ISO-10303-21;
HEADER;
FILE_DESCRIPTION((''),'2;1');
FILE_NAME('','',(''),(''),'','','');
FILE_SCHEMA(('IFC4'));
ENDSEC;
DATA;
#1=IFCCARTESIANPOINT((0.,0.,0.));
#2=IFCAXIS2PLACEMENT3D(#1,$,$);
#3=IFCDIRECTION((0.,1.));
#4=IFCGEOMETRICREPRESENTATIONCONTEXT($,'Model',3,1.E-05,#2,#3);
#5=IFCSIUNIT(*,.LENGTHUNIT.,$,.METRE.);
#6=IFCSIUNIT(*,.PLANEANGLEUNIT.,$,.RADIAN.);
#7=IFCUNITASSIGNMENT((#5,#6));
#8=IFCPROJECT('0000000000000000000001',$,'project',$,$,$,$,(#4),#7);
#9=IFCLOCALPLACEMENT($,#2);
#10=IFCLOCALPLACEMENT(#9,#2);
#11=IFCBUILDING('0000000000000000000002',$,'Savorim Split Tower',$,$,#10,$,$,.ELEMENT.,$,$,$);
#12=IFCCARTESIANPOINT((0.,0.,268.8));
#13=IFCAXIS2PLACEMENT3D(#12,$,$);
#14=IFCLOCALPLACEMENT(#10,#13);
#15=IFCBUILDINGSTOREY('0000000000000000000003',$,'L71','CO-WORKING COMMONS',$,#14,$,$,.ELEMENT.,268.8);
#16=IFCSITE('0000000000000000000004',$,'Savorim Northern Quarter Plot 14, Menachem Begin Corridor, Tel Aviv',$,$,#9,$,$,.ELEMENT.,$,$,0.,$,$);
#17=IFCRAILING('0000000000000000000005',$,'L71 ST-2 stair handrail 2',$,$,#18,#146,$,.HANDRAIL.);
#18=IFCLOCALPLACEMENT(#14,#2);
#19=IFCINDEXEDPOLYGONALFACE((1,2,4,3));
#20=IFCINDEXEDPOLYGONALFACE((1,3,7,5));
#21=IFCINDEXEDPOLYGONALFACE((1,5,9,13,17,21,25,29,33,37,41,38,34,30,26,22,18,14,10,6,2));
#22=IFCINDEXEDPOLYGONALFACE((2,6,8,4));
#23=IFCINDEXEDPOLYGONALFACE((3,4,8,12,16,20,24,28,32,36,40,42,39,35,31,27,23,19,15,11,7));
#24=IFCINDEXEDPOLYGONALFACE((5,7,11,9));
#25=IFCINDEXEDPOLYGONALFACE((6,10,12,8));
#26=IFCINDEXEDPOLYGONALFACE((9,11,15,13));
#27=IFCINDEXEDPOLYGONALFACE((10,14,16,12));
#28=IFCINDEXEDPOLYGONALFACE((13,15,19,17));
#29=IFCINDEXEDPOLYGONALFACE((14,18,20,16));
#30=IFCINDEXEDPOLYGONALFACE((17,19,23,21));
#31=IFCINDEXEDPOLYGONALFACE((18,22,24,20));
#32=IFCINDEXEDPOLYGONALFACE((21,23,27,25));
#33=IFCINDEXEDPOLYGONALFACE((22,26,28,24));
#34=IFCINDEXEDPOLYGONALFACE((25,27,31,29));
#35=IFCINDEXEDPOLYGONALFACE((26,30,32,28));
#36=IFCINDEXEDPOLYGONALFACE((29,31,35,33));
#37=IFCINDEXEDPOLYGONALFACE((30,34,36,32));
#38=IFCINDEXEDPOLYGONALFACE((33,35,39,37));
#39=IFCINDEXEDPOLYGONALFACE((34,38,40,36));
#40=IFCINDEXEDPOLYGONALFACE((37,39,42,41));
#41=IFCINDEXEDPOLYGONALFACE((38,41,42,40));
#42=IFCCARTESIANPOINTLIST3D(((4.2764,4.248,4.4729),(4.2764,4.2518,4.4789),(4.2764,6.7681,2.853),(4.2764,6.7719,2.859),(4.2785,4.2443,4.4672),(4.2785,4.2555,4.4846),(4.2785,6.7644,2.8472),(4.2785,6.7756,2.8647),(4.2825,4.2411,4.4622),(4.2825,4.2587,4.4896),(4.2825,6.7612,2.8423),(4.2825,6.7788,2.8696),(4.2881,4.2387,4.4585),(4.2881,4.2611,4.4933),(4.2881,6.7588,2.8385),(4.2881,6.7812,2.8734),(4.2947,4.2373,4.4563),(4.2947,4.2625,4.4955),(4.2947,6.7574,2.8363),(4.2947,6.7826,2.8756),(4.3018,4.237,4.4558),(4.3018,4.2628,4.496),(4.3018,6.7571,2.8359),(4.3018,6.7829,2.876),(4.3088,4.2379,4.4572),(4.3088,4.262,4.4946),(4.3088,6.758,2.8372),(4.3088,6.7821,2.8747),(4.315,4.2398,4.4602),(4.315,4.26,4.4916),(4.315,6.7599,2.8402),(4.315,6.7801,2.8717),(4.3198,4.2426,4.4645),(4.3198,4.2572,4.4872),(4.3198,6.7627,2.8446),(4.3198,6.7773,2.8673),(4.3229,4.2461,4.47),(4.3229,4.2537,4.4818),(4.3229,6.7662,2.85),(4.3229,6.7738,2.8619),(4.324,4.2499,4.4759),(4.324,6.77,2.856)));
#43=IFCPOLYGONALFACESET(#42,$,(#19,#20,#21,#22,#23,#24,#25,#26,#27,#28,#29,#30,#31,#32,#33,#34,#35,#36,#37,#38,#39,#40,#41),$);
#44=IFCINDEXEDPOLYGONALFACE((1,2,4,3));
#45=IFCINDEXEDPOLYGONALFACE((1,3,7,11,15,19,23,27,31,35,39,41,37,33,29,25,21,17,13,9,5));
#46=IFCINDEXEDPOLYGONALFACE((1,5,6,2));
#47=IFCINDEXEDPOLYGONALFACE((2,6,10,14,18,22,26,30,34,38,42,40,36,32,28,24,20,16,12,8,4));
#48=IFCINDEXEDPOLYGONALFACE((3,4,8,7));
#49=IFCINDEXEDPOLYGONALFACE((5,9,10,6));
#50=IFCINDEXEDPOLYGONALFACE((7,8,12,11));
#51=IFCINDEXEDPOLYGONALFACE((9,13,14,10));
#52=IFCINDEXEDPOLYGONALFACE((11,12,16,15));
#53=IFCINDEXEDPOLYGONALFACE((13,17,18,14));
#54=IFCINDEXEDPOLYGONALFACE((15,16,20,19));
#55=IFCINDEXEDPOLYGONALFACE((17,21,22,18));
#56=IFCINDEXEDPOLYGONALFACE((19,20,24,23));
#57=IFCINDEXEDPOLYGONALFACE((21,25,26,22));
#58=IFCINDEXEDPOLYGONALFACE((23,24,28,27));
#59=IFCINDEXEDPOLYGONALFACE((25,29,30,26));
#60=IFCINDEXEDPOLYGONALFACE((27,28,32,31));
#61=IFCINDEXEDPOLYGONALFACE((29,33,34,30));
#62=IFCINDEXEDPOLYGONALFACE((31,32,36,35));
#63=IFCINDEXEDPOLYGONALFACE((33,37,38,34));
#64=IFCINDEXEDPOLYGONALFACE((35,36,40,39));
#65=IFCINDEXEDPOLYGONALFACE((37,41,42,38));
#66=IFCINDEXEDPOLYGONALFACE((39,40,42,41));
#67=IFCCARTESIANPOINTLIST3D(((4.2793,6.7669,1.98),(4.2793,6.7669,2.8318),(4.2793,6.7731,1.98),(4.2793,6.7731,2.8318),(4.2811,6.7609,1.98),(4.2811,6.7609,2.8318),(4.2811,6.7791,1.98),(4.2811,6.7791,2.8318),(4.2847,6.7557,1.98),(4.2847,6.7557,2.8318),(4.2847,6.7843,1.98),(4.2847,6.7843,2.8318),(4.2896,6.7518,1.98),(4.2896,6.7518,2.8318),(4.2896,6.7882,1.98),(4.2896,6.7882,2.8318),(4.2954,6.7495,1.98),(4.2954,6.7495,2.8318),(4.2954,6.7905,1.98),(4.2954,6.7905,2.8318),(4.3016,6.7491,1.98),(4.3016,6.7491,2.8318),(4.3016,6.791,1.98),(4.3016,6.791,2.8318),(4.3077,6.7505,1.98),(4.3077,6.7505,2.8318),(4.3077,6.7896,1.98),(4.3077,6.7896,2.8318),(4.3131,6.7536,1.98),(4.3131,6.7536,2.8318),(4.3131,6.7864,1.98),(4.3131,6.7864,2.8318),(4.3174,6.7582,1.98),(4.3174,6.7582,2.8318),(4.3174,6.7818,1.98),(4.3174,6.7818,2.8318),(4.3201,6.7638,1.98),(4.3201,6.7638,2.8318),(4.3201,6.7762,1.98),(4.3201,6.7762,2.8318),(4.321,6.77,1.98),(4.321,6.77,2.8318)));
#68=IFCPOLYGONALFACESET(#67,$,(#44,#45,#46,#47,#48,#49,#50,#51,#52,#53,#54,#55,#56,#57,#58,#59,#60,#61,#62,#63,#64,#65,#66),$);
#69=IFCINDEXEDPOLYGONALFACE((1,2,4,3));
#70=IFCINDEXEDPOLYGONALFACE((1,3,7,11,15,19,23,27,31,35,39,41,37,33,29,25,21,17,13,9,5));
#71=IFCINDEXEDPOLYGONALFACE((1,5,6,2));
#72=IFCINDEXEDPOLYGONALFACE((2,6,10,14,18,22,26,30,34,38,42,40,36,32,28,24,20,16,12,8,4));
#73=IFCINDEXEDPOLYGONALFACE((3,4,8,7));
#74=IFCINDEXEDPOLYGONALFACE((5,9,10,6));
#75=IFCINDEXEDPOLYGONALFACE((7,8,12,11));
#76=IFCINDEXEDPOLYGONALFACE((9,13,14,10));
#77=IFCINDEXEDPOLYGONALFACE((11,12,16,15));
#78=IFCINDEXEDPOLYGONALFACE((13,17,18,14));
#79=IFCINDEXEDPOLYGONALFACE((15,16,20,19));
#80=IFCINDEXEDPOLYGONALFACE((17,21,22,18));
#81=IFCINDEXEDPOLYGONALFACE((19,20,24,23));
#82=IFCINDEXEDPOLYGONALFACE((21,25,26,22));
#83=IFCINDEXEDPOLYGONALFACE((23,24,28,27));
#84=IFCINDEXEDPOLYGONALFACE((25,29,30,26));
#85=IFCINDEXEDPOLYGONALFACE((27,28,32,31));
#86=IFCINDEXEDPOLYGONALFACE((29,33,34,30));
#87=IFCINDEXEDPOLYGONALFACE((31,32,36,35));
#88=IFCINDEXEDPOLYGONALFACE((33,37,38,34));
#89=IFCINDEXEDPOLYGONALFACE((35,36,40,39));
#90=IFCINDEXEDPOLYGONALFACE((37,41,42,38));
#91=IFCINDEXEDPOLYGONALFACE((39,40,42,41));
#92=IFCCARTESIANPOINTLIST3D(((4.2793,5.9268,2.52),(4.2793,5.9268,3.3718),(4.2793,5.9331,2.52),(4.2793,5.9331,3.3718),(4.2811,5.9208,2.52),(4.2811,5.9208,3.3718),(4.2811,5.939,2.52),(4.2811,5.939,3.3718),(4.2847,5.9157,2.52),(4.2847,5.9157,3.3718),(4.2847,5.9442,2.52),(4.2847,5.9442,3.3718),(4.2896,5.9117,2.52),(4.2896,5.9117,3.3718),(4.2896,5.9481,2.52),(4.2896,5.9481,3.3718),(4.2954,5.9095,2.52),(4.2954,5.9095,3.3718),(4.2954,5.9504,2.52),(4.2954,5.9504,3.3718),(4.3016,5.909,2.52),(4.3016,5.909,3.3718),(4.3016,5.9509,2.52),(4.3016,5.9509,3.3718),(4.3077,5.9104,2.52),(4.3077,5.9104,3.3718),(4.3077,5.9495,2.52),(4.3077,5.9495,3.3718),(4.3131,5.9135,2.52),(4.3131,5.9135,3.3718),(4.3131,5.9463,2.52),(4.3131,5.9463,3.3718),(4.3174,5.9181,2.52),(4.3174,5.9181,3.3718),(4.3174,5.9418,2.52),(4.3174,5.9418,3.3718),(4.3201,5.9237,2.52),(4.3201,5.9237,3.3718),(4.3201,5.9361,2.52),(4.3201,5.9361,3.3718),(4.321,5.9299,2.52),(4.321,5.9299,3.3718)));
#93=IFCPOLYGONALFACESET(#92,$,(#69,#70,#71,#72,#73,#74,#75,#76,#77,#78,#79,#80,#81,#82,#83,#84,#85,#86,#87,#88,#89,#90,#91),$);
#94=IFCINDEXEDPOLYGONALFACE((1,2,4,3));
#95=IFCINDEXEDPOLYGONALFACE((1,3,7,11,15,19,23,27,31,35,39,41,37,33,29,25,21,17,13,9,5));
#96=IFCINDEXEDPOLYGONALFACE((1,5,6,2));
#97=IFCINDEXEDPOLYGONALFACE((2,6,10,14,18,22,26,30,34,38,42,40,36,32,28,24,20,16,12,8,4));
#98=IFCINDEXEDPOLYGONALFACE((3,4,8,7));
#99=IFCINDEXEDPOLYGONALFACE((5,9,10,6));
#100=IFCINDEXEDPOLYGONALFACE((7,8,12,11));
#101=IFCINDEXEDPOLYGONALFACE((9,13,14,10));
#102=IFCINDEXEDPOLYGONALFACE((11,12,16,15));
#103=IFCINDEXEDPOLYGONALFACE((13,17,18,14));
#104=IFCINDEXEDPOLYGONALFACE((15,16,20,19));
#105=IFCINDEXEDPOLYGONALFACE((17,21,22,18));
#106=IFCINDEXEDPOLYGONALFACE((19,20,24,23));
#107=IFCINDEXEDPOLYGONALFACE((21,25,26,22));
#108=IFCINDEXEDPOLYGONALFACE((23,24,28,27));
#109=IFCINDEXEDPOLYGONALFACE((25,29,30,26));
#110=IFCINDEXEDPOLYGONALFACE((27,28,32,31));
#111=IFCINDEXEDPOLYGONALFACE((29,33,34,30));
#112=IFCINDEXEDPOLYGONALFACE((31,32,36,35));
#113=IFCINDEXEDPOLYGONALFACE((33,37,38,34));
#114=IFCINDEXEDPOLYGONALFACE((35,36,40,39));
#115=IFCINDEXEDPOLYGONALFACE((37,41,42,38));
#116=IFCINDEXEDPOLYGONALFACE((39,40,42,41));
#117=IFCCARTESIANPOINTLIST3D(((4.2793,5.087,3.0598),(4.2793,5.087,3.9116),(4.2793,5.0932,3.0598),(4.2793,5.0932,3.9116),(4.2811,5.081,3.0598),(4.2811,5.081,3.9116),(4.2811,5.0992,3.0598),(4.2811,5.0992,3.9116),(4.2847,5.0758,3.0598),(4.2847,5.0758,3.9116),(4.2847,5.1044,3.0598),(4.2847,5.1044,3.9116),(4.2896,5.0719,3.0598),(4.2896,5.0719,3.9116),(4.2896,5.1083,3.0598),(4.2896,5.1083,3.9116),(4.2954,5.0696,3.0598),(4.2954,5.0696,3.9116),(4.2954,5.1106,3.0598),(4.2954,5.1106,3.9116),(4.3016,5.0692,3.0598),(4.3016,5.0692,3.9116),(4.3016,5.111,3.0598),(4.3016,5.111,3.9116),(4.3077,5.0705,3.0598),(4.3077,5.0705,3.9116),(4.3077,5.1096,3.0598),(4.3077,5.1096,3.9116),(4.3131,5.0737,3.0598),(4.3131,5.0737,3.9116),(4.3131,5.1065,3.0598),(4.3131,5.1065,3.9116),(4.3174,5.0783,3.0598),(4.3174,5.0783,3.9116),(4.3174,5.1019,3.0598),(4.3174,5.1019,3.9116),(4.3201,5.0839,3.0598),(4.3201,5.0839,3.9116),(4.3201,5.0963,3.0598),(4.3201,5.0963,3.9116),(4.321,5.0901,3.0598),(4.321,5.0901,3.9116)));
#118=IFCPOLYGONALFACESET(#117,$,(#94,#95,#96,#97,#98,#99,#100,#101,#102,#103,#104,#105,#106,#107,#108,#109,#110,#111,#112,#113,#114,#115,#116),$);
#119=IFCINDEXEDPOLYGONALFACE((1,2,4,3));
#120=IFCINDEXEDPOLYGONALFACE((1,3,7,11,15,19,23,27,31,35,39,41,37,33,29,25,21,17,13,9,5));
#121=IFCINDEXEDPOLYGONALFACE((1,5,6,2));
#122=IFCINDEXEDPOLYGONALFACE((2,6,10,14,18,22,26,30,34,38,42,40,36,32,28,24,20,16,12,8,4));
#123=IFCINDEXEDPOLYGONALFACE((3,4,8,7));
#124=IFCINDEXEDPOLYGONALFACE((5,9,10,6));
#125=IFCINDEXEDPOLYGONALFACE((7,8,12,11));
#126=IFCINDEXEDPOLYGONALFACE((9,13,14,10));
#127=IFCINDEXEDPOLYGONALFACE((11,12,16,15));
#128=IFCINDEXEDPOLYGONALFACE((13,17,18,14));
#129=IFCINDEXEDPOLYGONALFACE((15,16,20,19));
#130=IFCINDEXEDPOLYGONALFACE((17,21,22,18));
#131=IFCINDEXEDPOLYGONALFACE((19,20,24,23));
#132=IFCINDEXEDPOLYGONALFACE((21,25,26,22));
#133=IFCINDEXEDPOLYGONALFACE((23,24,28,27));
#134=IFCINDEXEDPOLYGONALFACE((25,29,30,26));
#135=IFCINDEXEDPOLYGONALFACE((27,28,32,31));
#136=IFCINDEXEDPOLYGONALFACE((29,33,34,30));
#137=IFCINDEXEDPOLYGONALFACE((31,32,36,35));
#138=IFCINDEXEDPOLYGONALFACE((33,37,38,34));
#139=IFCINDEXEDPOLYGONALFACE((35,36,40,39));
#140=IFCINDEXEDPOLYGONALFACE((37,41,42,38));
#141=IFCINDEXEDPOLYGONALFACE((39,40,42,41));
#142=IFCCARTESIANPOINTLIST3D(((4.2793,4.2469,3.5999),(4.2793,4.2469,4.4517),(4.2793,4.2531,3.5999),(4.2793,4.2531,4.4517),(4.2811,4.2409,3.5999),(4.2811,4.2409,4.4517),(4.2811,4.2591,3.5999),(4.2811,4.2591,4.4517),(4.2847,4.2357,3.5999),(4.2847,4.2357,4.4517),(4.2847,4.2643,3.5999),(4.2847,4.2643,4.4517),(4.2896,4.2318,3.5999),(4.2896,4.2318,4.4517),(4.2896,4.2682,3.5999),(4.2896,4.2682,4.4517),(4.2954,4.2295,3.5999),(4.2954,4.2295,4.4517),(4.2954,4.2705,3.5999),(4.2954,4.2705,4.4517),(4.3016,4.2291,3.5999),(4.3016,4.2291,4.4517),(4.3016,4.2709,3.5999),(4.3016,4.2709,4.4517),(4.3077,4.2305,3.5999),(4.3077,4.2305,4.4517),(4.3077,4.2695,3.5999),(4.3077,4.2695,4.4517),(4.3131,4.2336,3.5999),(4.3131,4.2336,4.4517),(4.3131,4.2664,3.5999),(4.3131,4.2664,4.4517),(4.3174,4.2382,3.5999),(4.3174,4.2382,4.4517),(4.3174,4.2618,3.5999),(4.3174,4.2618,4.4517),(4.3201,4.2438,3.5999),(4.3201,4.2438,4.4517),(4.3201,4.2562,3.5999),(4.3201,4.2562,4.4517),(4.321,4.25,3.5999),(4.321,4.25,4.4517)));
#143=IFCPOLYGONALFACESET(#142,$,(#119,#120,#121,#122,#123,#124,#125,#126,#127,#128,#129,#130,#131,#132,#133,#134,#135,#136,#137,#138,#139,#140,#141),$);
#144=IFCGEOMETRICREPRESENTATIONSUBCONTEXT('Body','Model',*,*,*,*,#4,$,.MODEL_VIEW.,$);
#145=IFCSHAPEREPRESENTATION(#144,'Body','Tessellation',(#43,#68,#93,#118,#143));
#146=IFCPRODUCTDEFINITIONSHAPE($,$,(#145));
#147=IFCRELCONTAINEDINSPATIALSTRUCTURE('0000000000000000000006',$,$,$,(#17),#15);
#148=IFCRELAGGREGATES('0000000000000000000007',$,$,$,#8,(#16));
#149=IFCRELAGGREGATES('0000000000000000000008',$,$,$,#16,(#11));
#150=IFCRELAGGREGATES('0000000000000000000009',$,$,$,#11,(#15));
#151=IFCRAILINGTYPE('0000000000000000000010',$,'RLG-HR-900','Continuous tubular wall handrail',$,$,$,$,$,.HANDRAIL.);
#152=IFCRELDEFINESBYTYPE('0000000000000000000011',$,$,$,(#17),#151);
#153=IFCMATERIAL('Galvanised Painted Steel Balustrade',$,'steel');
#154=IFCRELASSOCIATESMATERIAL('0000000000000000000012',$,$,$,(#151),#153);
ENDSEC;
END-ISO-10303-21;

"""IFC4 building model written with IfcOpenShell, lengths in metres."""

from ifc_helpers import new_model, si_unit, direction, frame, origin, origin_2d, place, context, subcontext, project, spatial, circle, extrude, material, type_object, element, save


model = new_model("IFC4")

# Units and contexts
model_context = context("Model", 3, precision=1e-05, world=origin(), true_north=direction((0.0, 1.0)))
body_context = subcontext(model_context, "Body", "Model", "MODEL_VIEW")
ifc_project = project(units=[si_unit("LENGTHUNIT", "METRE"), si_unit("PLANEANGLEUNIT", "RADIAN")], contexts=[model_context])

# Site, building, storey
site_placement = place(None, origin())
site = spatial("IfcSite", under=ifc_project, at=site_placement, Name="Savorim Northern Quarter Plot 14, Menachem Begin Corridor, Tel Aviv", CompositionType="ELEMENT", RefElevation=0.0)
building_placement = place(site_placement, origin())
building = spatial("IfcBuilding", under=site, at=building_placement, Name="Savorim Split Tower", CompositionType="ELEMENT")
storey_placement = place(building_placement, frame((0.0, 0.0, 268.8)))
storey = spatial("IfcBuildingStorey", under=building, at=storey_placement, Name="L71", Description="CO-WORKING COMMONS", CompositionType="ELEMENT", Elevation=268.8)

# Railing
ifc_material_1 = material(Name="Galvanised Painted Steel Balustrade", Category="steel")
railing_type_1 = type_object("IfcRailingType", Name="RLG-HR-900", Description="Continuous tubular wall handrail", PredefinedType="HANDRAIL", material=ifc_material_1)
railing_1_placement = place(storey_placement, frame((4.3, 6.77, 1.98)))
element("IfcRailing", 1, at=railing_1_placement, inside=storey, type_object=railing_type_1, Name="L71 ST-2 stair handrail 2", PredefinedType="HANDRAIL", context=body_context, shape_type="SweptSolid", body=[
    extrude(circle(Radius=0.0239, at=origin_2d()), frame((0.0, 0.0, 0.876), z_axis=(0.0, -0.8412, 0.540725), x_axis=(1.0, 0.0, 0.0)), (0.0, 0.0, 1.0), 2.9958),
    extrude(circle(Radius=0.021, at=origin_2d()), origin(), (0.0, 0.0, 1.0), 0.8518),
    extrude(circle(Radius=0.021, at=origin_2d()), frame((0.0, -0.8401, 0.54)), (0.0, 0.0, 1.0), 0.8518),
    extrude(circle(Radius=0.021, at=origin_2d()), frame((0.0, -1.6799, 1.0798)), (0.0, 0.0, 1.0), 0.8518),
    extrude(circle(Radius=0.021, at=origin_2d()), frame((0.0, -2.52, 1.6199)), (0.0, 0.0, 1.0), 0.8518),
])

save(model, "model.ifc")
